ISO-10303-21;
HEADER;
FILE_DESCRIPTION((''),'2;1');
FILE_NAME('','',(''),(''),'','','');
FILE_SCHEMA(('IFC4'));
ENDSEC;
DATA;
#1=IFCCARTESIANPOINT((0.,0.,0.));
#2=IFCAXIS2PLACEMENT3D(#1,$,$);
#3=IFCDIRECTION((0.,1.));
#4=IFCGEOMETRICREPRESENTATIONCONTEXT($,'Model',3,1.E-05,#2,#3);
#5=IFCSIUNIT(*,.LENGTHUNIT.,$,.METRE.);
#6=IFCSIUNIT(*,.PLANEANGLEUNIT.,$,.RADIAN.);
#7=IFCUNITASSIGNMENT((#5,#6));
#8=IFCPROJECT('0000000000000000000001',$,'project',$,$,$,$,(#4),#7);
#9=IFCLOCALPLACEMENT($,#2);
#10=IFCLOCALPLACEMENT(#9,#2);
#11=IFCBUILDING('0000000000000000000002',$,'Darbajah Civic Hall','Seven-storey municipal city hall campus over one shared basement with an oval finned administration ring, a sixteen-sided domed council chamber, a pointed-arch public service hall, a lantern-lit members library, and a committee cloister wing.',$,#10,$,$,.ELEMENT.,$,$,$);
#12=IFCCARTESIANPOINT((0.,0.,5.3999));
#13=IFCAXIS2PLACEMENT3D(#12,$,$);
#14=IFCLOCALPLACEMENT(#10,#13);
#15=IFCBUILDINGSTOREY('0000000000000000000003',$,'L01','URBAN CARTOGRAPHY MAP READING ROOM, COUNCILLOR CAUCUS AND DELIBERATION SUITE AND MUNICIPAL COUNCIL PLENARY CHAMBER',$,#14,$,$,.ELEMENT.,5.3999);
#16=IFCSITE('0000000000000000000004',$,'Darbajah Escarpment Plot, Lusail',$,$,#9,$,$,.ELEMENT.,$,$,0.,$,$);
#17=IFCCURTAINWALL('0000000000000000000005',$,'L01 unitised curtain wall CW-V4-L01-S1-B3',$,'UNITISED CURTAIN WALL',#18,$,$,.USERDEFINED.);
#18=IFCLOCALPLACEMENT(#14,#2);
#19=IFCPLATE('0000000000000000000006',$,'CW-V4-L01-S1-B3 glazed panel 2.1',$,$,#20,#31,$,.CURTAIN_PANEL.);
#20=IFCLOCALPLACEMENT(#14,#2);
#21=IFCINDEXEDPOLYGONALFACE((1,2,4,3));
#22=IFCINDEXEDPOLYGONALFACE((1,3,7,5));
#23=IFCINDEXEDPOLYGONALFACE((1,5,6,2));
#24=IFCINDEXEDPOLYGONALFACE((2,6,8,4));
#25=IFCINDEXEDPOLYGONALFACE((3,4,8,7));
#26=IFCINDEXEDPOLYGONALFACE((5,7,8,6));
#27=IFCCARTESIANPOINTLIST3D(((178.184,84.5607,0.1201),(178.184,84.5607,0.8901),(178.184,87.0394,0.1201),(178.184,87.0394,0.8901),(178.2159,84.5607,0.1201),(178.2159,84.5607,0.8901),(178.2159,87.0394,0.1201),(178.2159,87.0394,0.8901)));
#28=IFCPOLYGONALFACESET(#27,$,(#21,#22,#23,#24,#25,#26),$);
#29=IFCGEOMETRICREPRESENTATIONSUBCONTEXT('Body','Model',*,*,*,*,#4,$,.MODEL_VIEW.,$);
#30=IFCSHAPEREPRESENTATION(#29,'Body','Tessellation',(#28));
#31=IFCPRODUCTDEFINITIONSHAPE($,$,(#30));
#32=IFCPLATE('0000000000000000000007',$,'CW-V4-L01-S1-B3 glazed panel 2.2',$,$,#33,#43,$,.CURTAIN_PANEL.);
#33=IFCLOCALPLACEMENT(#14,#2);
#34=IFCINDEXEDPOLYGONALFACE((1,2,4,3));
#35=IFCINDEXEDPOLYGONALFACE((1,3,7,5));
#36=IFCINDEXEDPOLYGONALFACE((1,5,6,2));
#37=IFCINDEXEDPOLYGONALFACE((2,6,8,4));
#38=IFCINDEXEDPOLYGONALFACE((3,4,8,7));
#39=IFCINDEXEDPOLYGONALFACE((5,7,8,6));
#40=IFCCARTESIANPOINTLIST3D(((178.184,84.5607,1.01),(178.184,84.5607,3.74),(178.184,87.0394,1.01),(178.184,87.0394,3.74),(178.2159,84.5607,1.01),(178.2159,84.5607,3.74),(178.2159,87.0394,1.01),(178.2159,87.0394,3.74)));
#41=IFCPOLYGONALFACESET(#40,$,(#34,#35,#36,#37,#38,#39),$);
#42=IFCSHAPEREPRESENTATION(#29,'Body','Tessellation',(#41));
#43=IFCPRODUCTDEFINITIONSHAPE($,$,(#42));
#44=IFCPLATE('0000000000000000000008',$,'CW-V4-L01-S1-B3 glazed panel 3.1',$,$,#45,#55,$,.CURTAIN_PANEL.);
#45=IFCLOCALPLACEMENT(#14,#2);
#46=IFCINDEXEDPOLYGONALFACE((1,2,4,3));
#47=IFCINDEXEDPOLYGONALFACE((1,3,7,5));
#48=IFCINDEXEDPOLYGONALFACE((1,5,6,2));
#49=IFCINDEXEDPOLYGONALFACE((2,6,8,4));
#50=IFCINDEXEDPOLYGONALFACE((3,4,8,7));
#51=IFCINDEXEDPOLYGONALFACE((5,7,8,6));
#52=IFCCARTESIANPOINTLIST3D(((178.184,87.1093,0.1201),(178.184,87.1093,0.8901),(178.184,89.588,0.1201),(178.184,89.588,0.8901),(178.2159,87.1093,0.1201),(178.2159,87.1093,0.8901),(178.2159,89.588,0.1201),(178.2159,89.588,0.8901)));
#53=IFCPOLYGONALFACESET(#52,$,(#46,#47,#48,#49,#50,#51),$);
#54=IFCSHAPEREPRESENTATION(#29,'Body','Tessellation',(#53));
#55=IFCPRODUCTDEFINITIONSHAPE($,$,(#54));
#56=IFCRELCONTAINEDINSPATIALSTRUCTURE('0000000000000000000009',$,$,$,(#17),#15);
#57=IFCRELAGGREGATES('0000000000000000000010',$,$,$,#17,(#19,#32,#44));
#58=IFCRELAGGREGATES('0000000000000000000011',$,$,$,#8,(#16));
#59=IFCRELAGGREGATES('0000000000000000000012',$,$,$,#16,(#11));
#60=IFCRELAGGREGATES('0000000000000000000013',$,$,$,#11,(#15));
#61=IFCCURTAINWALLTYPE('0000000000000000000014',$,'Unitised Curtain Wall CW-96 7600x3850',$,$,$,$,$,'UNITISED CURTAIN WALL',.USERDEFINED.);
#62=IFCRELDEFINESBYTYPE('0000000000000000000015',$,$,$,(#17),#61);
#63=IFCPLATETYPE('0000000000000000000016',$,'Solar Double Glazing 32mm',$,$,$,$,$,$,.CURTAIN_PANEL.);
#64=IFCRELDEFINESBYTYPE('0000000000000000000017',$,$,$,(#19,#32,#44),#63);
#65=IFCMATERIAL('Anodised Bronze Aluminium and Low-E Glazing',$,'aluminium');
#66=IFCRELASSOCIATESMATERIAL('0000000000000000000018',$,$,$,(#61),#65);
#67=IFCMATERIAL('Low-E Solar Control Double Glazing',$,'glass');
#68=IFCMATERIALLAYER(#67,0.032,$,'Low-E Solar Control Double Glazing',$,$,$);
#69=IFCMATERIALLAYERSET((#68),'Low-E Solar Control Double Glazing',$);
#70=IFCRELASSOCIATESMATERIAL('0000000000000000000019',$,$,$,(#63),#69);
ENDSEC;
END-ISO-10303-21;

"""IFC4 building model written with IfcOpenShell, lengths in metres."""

from ifc_helpers import new_model, si_unit, direction, frame, origin, origin_2d, place, context, subcontext, project, spatial, rectangle, extrude, material, layer, layer_set, type_object, element, aggregate, save


model = new_model("IFC4")

# Units and contexts
model_context = context("Model", 3, precision=1e-05, world=origin(), true_north=direction((0.0, 1.0)))
body_context = subcontext(model_context, "Body", "Model", "MODEL_VIEW")
ifc_project = project(units=[si_unit("LENGTHUNIT", "METRE"), si_unit("PLANEANGLEUNIT", "RADIAN")], contexts=[model_context])

# Site, building, storey
site_placement = place(None, origin())
site = spatial("IfcSite", under=ifc_project, at=site_placement, Name="Darbajah Escarpment Plot, Lusail", CompositionType="ELEMENT", RefElevation=0.0)
building_placement = place(site_placement, origin())
building = spatial("IfcBuilding", under=site, at=building_placement, Name="Darbajah Civic Hall", Description="Seven-storey municipal city hall campus over one shared basement with an oval finned administration ring, a sixteen-sided domed council chamber, a pointed-arch public service hall, a lantern-lit members library, and a committee cloister wing.", CompositionType="ELEMENT")
storey_placement = place(building_placement, frame((0.0, 0.0, 5.3999)))
storey = spatial("IfcBuildingStorey", under=building, at=storey_placement, Name="L01", Description="URBAN CARTOGRAPHY MAP READING ROOM, COUNCILLOR CAUCUS AND DELIBERATION SUITE AND MUNICIPAL COUNCIL PLENARY CHAMBER", CompositionType="ELEMENT", Elevation=5.3999)

# Curtain wall
ifc_material_1 = material(Name="Anodised Bronze Aluminium and Low-E Glazing", Category="aluminium")
curtain_wall_type = type_object("IfcCurtainWallType", Name="Unitised Curtain Wall CW-96 7600x3850", ElementType="UNITISED CURTAIN WALL", PredefinedType="USERDEFINED", material=ifc_material_1)
curtain_wall_1_placement = place(storey_placement, origin())
curtain_wall_1 = element("IfcCurtainWall", 1, at=curtain_wall_1_placement, inside=storey, type_object=curtain_wall_type, Name="L01 unitised curtain wall CW-V4-L01-S1-B3", ObjectType="UNITISED CURTAIN WALL", PredefinedType="USERDEFINED")

# Plates
ifc_material_2 = material(Name="Low-E Solar Control Double Glazing", Category="glass")
ifc_layer = layer(ifc_material_2, 0.032, Name="Low-E Solar Control Double Glazing")
ifc_layer_set = layer_set([ifc_layer], Name="Low-E Solar Control Double Glazing")
plate_type = type_object("IfcPlateType", Name="Solar Double Glazing 32mm", PredefinedType="CURTAIN_PANEL", material=ifc_layer_set)
plate_1_placement = place(storey_placement, frame((178.2, 85.8, 0.1201), z_axis=(0.0, 0.0, 1.0), x_axis=(0.0, 1.0, 0.0)))
plate_1 = element("IfcPlate", 2, at=plate_1_placement, type_object=plate_type, Name="CW-V4-L01-S1-B3 glazed panel 2.1", PredefinedType="CURTAIN_PANEL", context=body_context, shape_type="SweptSolid", body=[
    extrude(rectangle(XDim=2.4788, YDim=0.032, at=origin_2d()), origin(), (0.0, 0.0, 1.0), 0.77),
])
plate_2_placement = place(storey_placement, frame((178.2, 85.8, 1.01), z_axis=(0.0, 0.0, 1.0), x_axis=(0.0, 1.0, 0.0)))
plate_2 = element("IfcPlate", 3, at=plate_2_placement, type_object=plate_type, Name="CW-V4-L01-S1-B3 glazed panel 2.2", PredefinedType="CURTAIN_PANEL", context=body_context, shape_type="SweptSolid", body=[
    extrude(rectangle(XDim=2.4788, YDim=0.032, at=origin_2d()), origin(), (0.0, 0.0, 1.0), 2.73),
])
plate_3_placement = place(storey_placement, frame((178.2, 88.3486, 0.1201), z_axis=(0.0, 0.0, 1.0), x_axis=(0.0, 1.0, 0.0)))
plate_3 = element("IfcPlate", 4, at=plate_3_placement, type_object=plate_type, Name="CW-V4-L01-S1-B3 glazed panel 3.1", PredefinedType="CURTAIN_PANEL", context=body_context, shape_type="SweptSolid", body=[
    extrude(rectangle(XDim=2.4788, YDim=0.032, at=origin_2d()), origin(), (0.0, 0.0, 1.0), 0.77),
])
aggregate(curtain_wall_1, [plate_1, plate_2, plate_3])

save(model, "model.ifc")
